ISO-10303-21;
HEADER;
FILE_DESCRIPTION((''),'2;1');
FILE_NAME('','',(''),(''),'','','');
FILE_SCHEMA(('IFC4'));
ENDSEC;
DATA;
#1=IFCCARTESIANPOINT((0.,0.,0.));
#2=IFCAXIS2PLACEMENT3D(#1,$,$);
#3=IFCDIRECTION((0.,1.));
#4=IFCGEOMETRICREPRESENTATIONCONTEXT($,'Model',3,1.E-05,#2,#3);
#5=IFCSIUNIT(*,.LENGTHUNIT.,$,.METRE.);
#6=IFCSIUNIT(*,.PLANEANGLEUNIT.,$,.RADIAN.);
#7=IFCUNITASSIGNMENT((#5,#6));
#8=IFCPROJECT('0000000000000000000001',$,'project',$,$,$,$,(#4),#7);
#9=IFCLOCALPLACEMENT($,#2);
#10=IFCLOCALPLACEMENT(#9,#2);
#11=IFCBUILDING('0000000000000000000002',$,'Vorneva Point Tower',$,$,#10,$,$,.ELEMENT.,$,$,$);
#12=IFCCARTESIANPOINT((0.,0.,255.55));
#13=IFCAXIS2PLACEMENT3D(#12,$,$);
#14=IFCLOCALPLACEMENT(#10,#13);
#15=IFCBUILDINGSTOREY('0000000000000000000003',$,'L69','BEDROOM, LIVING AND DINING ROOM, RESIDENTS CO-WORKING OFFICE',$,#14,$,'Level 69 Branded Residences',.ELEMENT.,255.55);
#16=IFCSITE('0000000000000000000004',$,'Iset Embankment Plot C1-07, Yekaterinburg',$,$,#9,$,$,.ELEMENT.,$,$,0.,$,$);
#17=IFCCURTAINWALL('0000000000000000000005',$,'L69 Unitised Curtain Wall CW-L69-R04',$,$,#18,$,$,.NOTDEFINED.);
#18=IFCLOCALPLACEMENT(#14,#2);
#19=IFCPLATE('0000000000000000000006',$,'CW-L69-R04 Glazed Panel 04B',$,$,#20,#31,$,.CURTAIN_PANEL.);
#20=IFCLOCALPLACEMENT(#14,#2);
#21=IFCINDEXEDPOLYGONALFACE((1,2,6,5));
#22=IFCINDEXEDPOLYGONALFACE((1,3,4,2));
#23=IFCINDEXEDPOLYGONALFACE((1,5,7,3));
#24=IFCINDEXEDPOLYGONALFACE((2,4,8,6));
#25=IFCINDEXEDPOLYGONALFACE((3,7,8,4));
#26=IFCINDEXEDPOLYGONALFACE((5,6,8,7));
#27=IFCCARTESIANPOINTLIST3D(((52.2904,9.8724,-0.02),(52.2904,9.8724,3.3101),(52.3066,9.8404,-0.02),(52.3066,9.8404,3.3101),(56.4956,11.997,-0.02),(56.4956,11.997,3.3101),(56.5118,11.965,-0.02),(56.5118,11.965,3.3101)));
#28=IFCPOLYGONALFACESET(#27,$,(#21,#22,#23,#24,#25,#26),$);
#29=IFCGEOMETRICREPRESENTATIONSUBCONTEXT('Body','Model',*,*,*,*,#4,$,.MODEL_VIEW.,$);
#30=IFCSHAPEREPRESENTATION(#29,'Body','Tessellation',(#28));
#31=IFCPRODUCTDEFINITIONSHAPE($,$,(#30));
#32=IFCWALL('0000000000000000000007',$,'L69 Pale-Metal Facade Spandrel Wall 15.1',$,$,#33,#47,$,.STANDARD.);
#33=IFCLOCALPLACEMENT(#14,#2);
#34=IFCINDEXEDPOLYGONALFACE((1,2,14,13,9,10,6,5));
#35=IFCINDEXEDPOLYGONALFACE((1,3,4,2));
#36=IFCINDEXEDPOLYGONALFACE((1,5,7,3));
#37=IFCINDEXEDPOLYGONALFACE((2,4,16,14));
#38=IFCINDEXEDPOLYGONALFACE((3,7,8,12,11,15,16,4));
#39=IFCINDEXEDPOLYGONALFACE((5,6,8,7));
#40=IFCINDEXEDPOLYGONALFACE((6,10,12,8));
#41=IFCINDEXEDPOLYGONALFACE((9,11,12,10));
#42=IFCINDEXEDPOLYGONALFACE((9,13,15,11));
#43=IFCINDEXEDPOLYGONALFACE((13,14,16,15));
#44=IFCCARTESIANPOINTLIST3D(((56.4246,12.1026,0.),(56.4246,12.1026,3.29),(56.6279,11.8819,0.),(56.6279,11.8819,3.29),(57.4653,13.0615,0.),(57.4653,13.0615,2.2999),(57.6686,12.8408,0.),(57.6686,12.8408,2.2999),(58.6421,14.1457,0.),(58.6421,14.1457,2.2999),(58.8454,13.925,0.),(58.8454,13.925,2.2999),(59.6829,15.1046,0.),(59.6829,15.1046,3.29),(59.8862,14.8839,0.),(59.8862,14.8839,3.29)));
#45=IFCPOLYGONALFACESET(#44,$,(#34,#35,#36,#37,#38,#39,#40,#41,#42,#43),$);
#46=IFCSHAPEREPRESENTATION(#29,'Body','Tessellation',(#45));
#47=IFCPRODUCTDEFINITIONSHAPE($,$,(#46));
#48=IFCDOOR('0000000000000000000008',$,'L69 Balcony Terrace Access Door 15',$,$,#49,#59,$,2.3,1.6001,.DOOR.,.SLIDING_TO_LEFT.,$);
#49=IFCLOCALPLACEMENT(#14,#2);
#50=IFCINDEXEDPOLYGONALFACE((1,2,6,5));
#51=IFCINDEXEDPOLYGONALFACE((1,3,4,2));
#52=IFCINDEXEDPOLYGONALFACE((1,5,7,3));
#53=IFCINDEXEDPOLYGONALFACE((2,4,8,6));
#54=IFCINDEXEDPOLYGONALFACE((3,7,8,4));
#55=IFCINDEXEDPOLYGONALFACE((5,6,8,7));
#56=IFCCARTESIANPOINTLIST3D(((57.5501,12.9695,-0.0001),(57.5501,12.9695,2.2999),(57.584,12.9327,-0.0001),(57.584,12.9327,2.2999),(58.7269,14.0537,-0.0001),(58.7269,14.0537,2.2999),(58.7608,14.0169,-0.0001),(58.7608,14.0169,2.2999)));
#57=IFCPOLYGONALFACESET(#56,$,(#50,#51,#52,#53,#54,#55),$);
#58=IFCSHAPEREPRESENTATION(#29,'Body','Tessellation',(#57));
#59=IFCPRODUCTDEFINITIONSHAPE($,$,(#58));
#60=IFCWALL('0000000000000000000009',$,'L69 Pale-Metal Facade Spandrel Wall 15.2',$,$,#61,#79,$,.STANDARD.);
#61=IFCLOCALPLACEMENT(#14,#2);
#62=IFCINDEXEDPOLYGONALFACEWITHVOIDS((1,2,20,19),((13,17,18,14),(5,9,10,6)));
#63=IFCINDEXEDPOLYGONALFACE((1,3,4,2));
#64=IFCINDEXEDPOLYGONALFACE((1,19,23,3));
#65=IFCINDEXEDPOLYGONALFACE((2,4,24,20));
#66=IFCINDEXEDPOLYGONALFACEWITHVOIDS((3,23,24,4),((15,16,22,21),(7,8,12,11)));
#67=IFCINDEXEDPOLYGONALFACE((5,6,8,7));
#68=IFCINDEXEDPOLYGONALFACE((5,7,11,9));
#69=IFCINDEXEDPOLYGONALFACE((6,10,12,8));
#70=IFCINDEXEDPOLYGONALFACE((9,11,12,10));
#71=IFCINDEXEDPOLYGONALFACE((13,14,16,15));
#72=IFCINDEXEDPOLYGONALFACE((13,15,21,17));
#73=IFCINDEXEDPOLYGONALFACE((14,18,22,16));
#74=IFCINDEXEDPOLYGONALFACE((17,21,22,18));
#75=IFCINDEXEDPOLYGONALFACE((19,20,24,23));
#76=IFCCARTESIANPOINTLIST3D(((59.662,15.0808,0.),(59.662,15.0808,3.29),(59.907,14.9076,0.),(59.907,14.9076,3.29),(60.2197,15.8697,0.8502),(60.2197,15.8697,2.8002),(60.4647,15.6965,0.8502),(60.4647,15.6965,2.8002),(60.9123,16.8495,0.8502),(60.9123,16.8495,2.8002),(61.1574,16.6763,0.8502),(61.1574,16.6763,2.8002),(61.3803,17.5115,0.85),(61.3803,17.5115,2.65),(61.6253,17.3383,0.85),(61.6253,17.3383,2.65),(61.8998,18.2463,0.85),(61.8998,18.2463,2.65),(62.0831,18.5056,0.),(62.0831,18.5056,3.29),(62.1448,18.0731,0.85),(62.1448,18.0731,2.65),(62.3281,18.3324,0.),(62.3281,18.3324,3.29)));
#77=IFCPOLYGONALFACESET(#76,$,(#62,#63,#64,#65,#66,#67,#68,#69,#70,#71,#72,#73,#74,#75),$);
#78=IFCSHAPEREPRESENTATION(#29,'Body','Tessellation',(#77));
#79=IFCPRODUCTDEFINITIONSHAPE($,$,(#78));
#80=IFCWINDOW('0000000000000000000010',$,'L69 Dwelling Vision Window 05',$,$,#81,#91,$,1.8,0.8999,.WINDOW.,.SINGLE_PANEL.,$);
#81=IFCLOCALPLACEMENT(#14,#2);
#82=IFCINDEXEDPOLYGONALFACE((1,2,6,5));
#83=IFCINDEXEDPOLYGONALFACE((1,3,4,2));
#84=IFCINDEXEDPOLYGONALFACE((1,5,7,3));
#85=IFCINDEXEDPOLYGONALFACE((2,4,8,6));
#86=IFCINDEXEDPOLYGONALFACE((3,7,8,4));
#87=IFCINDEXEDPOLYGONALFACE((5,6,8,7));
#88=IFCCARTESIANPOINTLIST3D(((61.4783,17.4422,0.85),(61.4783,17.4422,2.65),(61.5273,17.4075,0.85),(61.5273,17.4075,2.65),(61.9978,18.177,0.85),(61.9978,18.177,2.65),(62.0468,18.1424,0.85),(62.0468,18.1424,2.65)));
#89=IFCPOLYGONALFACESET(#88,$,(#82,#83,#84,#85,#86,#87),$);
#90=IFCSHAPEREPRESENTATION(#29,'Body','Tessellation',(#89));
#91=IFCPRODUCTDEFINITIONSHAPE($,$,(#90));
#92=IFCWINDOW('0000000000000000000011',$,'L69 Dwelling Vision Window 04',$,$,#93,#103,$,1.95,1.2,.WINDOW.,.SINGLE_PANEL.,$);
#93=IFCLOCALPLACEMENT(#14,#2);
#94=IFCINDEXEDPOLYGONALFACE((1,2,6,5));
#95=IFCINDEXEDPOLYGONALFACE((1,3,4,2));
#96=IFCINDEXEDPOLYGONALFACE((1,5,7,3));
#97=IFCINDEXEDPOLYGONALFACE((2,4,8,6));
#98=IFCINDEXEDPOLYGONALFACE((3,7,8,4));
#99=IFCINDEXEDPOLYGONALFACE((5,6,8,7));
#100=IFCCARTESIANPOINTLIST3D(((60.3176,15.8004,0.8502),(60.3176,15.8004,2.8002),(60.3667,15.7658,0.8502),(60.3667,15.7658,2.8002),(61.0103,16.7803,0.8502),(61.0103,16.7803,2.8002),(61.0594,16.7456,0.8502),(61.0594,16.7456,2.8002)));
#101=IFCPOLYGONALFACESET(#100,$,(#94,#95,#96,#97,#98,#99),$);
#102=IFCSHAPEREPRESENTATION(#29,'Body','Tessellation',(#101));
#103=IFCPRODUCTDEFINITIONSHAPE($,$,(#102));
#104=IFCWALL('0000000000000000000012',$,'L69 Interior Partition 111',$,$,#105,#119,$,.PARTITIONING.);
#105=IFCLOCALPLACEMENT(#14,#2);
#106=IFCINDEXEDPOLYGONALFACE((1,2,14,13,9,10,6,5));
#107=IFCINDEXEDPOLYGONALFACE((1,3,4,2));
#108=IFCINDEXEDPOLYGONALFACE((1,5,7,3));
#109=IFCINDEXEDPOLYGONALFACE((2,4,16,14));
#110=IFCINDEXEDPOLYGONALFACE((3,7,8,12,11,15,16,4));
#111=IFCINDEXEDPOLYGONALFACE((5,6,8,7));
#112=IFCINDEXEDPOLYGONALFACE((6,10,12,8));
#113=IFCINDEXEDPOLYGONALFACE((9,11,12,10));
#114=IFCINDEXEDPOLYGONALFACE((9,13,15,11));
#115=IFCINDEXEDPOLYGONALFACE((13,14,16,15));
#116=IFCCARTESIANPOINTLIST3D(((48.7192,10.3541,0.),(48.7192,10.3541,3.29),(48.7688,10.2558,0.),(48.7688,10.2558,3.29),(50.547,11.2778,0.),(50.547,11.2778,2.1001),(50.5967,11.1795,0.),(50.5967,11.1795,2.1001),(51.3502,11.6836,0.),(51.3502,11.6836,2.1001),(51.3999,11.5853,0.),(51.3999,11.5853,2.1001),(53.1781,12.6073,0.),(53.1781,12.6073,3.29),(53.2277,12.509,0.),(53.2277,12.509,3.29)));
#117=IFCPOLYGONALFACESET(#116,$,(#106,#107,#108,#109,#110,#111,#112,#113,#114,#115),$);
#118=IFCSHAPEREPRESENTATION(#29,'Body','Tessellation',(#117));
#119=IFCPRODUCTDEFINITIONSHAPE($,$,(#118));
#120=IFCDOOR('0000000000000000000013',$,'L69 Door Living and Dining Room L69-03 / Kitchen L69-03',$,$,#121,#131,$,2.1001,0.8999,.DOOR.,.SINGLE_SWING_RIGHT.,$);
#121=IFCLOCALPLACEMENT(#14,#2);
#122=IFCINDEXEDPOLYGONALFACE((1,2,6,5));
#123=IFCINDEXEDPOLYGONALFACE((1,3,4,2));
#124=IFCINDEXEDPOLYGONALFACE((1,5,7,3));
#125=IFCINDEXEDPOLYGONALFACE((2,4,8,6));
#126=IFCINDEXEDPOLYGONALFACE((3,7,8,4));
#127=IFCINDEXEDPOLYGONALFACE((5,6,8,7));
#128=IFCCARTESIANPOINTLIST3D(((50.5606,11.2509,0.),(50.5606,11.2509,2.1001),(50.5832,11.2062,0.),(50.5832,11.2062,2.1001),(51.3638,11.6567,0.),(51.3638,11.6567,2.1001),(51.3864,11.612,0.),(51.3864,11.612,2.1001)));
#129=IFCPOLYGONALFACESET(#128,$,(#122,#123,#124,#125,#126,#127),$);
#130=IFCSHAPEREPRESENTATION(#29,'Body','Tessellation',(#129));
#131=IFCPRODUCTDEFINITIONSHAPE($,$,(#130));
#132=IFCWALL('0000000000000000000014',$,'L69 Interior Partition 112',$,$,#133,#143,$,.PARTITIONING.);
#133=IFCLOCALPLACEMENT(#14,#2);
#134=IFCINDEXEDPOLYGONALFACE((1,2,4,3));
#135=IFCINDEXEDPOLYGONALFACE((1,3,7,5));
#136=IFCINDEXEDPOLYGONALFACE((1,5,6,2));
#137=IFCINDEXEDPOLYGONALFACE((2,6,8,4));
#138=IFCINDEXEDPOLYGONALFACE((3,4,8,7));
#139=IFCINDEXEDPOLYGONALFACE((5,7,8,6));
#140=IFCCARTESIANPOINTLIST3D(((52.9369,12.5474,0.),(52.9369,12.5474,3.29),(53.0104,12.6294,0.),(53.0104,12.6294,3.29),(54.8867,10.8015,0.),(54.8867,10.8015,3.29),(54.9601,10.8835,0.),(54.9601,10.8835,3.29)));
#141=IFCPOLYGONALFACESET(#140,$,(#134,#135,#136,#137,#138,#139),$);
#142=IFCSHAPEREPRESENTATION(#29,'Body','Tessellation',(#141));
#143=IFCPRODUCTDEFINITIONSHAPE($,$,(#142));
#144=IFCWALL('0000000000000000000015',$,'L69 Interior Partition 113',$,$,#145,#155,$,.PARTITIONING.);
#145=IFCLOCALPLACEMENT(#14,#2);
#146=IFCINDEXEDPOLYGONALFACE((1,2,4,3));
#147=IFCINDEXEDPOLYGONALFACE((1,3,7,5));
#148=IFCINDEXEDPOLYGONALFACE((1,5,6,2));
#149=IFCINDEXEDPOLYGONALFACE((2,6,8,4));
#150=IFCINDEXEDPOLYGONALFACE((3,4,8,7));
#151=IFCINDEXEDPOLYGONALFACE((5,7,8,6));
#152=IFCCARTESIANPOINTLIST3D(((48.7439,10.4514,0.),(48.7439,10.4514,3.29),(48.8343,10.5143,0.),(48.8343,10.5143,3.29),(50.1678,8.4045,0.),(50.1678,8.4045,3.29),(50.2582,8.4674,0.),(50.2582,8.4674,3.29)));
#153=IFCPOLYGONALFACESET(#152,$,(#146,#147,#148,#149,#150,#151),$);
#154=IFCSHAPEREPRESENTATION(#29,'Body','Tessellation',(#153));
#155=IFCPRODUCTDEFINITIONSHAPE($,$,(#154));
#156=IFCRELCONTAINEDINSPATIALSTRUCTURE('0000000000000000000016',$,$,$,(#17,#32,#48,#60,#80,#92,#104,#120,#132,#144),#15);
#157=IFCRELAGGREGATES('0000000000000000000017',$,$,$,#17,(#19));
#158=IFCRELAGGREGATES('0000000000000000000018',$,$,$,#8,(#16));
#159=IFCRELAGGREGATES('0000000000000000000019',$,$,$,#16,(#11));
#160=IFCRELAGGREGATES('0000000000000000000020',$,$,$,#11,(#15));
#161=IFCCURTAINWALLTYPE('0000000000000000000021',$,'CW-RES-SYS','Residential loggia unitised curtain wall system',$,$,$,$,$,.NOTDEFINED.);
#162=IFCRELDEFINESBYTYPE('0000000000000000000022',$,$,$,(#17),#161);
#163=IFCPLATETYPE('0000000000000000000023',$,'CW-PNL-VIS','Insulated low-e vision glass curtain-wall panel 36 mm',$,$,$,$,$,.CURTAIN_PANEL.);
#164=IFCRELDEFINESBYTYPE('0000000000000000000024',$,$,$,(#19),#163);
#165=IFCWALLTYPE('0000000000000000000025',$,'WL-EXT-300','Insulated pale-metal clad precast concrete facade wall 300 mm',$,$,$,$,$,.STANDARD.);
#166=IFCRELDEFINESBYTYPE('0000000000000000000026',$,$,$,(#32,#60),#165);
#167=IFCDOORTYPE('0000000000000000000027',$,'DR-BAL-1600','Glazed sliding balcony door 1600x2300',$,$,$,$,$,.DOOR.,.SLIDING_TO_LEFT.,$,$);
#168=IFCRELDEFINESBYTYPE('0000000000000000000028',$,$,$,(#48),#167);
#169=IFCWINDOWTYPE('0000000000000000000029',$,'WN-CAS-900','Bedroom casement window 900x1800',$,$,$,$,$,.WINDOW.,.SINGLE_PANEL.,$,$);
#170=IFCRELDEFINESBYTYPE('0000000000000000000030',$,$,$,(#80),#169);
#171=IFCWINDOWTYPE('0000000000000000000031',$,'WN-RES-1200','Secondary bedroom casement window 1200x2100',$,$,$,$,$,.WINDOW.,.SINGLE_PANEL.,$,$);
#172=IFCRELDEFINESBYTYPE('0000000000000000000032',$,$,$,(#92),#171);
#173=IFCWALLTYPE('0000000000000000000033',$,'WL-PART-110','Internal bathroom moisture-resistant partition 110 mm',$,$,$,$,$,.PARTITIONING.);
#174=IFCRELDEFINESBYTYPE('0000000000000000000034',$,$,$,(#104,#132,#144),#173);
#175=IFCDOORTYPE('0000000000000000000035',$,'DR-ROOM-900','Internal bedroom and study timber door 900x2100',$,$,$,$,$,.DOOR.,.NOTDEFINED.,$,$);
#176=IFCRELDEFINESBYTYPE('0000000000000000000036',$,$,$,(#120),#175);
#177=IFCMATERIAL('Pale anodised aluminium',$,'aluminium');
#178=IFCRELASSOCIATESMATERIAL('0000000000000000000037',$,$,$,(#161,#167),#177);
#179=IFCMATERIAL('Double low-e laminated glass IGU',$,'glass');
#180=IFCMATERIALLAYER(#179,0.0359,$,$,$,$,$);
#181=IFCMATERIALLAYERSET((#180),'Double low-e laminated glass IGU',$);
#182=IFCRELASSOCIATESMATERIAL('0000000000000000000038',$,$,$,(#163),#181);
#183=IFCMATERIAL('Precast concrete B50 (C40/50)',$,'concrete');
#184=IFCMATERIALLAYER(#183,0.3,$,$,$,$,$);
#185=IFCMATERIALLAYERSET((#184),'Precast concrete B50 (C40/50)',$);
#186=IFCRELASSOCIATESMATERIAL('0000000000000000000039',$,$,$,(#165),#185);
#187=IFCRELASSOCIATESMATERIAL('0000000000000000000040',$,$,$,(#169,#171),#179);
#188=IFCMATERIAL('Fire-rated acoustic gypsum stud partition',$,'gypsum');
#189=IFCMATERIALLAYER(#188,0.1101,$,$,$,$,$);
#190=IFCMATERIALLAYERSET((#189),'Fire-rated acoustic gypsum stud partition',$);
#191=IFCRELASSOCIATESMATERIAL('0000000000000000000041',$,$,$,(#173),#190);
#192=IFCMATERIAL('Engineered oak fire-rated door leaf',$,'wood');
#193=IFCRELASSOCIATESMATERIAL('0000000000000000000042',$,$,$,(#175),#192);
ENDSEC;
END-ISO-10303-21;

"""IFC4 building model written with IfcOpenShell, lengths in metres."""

from ifc_helpers import new_model, si_unit, direction, frame, frame_2d, origin, origin_2d, place, context, subcontext, project, spatial, rectangle, extrude, material, layer, layer_set, type_object, element, fill, aggregate, save


model = new_model("IFC4")

# Units and contexts
model_context = context("Model", 3, precision=1e-05, world=origin(), true_north=direction((0.0, 1.0)))
body_context = subcontext(model_context, "Body", "Model", "MODEL_VIEW")
ifc_project = project(units=[si_unit("LENGTHUNIT", "METRE"), si_unit("PLANEANGLEUNIT", "RADIAN")], contexts=[model_context])

# Site, building, storey
site_placement = place(None, origin())
site = spatial("IfcSite", under=ifc_project, at=site_placement, Name="Iset Embankment Plot C1-07, Yekaterinburg", CompositionType="ELEMENT", RefElevation=0.0)
building_placement = place(site_placement, origin())
building = spatial("IfcBuilding", under=site, at=building_placement, Name="Vorneva Point Tower", CompositionType="ELEMENT")
storey_placement = place(building_placement, frame((0.0, 0.0, 255.55)))
storey = spatial("IfcBuildingStorey", under=building, at=storey_placement, Name="L69", Description="BEDROOM, LIVING AND DINING ROOM, RESIDENTS CO-WORKING OFFICE", LongName="Level 69 Branded Residences", CompositionType="ELEMENT", Elevation=255.55)

# Curtain wall, plate
ifc_material_1 = material(Name="Pale anodised aluminium", Category="aluminium")
curtain_wall_type = type_object("IfcCurtainWallType", Name="CW-RES-SYS", Description="Residential loggia unitised curtain wall system", PredefinedType="NOTDEFINED", material=ifc_material_1)
curtain_wall_placement = place(storey_placement, origin())
curtain_wall = element("IfcCurtainWall", 1, at=curtain_wall_placement, inside=storey, type_object=curtain_wall_type, Name="L69 Unitised Curtain Wall CW-L69-R04", PredefinedType="NOTDEFINED")
ifc_material_2 = material(Name="Double low-e laminated glass IGU", Category="glass")
ifc_layer_1 = layer(ifc_material_2, 0.0359)
ifc_layer_set_1 = layer_set([ifc_layer_1], Name="Double low-e laminated glass IGU")
plate_type = type_object("IfcPlateType", Name="CW-PNL-VIS", Description="Insulated low-e vision glass curtain-wall panel 36 mm", PredefinedType="CURTAIN_PANEL", material=ifc_layer_set_1)
plate_1_placement = place(storey_placement, frame((54.4011, 10.9187, -0.02), z_axis=(0.0, 0.0, 1.0), x_axis=(0.892554, 0.45094, 0.0)))
plate_1 = element("IfcPlate", 2, at=plate_1_placement, type_object=plate_type, Name="CW-L69-R04 Glazed Panel 04B", PredefinedType="CURTAIN_PANEL", context=body_context, shape_type="SweptSolid", body=[
    extrude(rectangle(XDim=4.7114, YDim=0.0359, at=origin_2d()), origin(), (0.0, 0.0, 1.0), 3.3301),
])
aggregate(curtain_wall, [plate_1])

# Wall, opening, door
ifc_material_3 = material(Name="Precast concrete B50 (C40/50)", Category="concrete")
ifc_layer_2 = layer(ifc_material_3, 0.3)
ifc_layer_set_2 = layer_set([ifc_layer_2], Name="Precast concrete B50 (C40/50)")
wall_type_1 = type_object("IfcWallType", Name="WL-EXT-300", Description="Insulated pale-metal clad precast concrete facade wall 300 mm", PredefinedType="STANDARD", material=ifc_layer_set_2)
wall_1_placement = place(storey_placement, frame((56.5261, 11.9922, 0.0), z_axis=(0.0, 0.0, 1.0), x_axis=(0.735445, 0.677584, 0.0)))
wall_1 = element("IfcWall", 3, at=wall_1_placement, inside=storey, type_object=wall_type_1, Name="L69 Pale-Metal Facade Spandrel Wall 15.1", PredefinedType="STANDARD", context=body_context, shape_type="SweptSolid", body=[
    extrude(rectangle(XDim=4.4304, YDim=0.3, at=frame_2d((2.2153, 0.0))), origin(), (0.0, 0.0, 1.0), 3.29),
])
opening_1_placement = place(wall_1_placement, frame((1.4153, 0.0, 0.0)))
opening_1 = element("IfcOpeningElement", 4, at=opening_1_placement, cuts=wall_1, PredefinedType="OPENING", context=body_context, shape_type="SweptSolid", body=[
    extrude(rectangle(XDim=1.6001, YDim=2.3, at=frame_2d((0.8, 1.1499))), frame((0.0, 0.165, 0.0), z_axis=(0.0, -1.0, 0.0), x_axis=(1.0, 0.0, 0.0)), (0.0, 0.0, 1.0), 0.3298),
])
door_type_1 = type_object("IfcDoorType", Name="DR-BAL-1600", Description="Glazed sliding balcony door 1600x2300", OperationType="SLIDING_TO_LEFT", PredefinedType="DOOR", material=ifc_material_1)
door_1_placement = place(opening_1_placement, origin())
door_1 = element("IfcDoor", 5, at=door_1_placement, inside=storey, type_object=door_type_1, Name="L69 Balcony Terrace Access Door 15", OperationType="SLIDING_TO_LEFT", OverallHeight=2.3, OverallWidth=1.6001, PredefinedType="DOOR", context=body_context, shape_type="SweptSolid", body=[
    extrude(rectangle(XDim=1.6001, YDim=2.3, at=frame_2d((0.8, 1.1499))), frame((0.0, 0.0249, 0.0), z_axis=(0.0, -1.0, 0.0), x_axis=(1.0, 0.0, 0.0)), (0.0, 0.0, 1.0), 0.05),
])
fill(opening_1, door_1)

# Wall, openings, windows
wall_2_placement = place(storey_placement, frame((59.7844, 14.9941, 0.0), z_axis=(0.0, 0.0, 1.0), x_axis=(0.577261, 0.81656, 0.0)))
wall_2 = element("IfcWall", 6, at=wall_2_placement, inside=storey, type_object=wall_type_1, Name="L69 Pale-Metal Facade Spandrel Wall 15.2", PredefinedType="STANDARD", context=body_context, shape_type="SweptSolid", body=[
    extrude(rectangle(XDim=4.1941, YDim=0.3, at=frame_2d((2.0972, 0.0))), origin(), (0.0, 0.0, 1.0), 3.29),
])
opening_2_placement = place(wall_2_placement, frame((0.9661, 0.0, 0.8501)))
opening_2 = element("IfcOpeningElement", 7, at=opening_2_placement, cuts=wall_2, PredefinedType="OPENING", context=body_context, shape_type="SweptSolid", body=[
    extrude(rectangle(XDim=1.2, YDim=1.95, at=frame_2d((0.6001, 0.9751))), frame((0.0, 0.165, 0.0), z_axis=(0.0, -1.0, 0.0), x_axis=(1.0, 0.0, 0.0)), (0.0, 0.0, 1.0), 0.3298),
])
opening_3_placement = place(wall_2_placement, frame((2.9768, 0.0, 0.8501)))
opening_3 = element("IfcOpeningElement", 8, at=opening_3_placement, cuts=wall_2, PredefinedType="OPENING", context=body_context, shape_type="SweptSolid", body=[
    extrude(rectangle(XDim=0.8999, YDim=1.8, at=frame_2d((0.45, 0.8999))), frame((0.0, 0.165, 0.0), z_axis=(0.0, -1.0, 0.0), x_axis=(1.0, 0.0, 0.0)), (0.0, 0.0, 1.0), 0.3298),
])
window_type_1 = type_object("IfcWindowType", Name="WN-CAS-900", Description="Bedroom casement window 900x1800", PartitioningType="SINGLE_PANEL", PredefinedType="WINDOW", material=ifc_material_2)
window_1_placement = place(opening_3_placement, origin())
window_1 = element("IfcWindow", 9, at=window_1_placement, inside=storey, type_object=window_type_1, Name="L69 Dwelling Vision Window 05", OverallHeight=1.8, OverallWidth=0.8999, PartitioningType="SINGLE_PANEL", PredefinedType="WINDOW", context=body_context, shape_type="SweptSolid", body=[
    extrude(rectangle(XDim=0.8999, YDim=1.8, at=frame_2d((0.45, 0.8999))), frame((0.0, 0.03, 0.0), z_axis=(0.0, -1.0, 0.0), x_axis=(1.0, 0.0, 0.0)), (0.0, 0.0, 1.0), 0.0601),
])
fill(opening_3, window_1)
window_type_2 = type_object("IfcWindowType", Name="WN-RES-1200", Description="Secondary bedroom casement window 1200x2100", PartitioningType="SINGLE_PANEL", PredefinedType="WINDOW", material=ifc_material_2)
window_2_placement = place(opening_2_placement, origin())
window_2 = element("IfcWindow", 10, at=window_2_placement, inside=storey, type_object=window_type_2, Name="L69 Dwelling Vision Window 04", OverallHeight=1.95, OverallWidth=1.2, PartitioningType="SINGLE_PANEL", PredefinedType="WINDOW", context=body_context, shape_type="SweptSolid", body=[
    extrude(rectangle(XDim=1.2, YDim=1.95, at=frame_2d((0.6001, 0.9751))), frame((0.0, 0.03, 0.0), z_axis=(0.0, -1.0, 0.0), x_axis=(1.0, 0.0, 0.0)), (0.0, 0.0, 1.0), 0.0601),
])
fill(opening_2, window_2)

# Wall, opening, door
ifc_material_4 = material(Name="Fire-rated acoustic gypsum stud partition", Category="gypsum")
ifc_layer_3 = layer(ifc_material_4, 0.1101)
ifc_layer_set_3 = layer_set([ifc_layer_3], Name="Fire-rated acoustic gypsum stud partition")
wall_type_2 = type_object("IfcWallType", Name="WL-PART-110", Description="Internal bathroom moisture-resistant partition 110 mm", PredefinedType="PARTITIONING", material=ifc_layer_set_3)
wall_3_placement = place(storey_placement, frame((48.7439, 10.3049, 0.0), z_axis=(0.0, 0.0, 1.0), x_axis=(0.892523, 0.451002, 0.0)))
wall_3 = element("IfcWall", 11, at=wall_3_placement, inside=storey, type_object=wall_type_2, Name="L69 Interior Partition 111", PredefinedType="PARTITIONING", context=body_context, shape_type="SweptSolid", body=[
    extrude(rectangle(XDim=4.9958, YDim=0.1101, at=frame_2d((2.498, 0.0))), origin(), (0.0, 0.0, 1.0), 3.29),
])
opening_4_placement = place(wall_3_placement, frame((2.0481, 0.0, 0.0)))
opening_4 = element("IfcOpeningElement", 12, at=opening_4_placement, cuts=wall_3, PredefinedType="OPENING", context=body_context, shape_type="SweptSolid", body=[
    extrude(rectangle(XDim=0.8999, YDim=2.1001, at=frame_2d((0.45, 1.05))), frame((0.0, 0.0698, 0.0), z_axis=(0.0, -1.0, 0.0), x_axis=(1.0, 0.0, 0.0)), (0.0, 0.0, 1.0), 0.1399),
])
ifc_material_5 = material(Name="Engineered oak fire-rated door leaf", Category="wood")
door_type_2 = type_object("IfcDoorType", Name="DR-ROOM-900", Description="Internal bedroom and study timber door 900x2100", OperationType="NOTDEFINED", PredefinedType="DOOR", material=ifc_material_5)
door_2_placement = place(opening_4_placement, origin())
door_2 = element("IfcDoor", 13, at=door_2_placement, inside=storey, type_object=door_type_2, Name="L69 Door Living and Dining Room L69-03 / Kitchen L69-03", OperationType="SINGLE_SWING_RIGHT", OverallHeight=2.1001, OverallWidth=0.8999, PredefinedType="DOOR", context=body_context, shape_type="SweptSolid", body=[
    extrude(rectangle(XDim=0.8999, YDim=2.1001, at=frame_2d((0.45, 1.05))), frame((0.0, 0.0249, 0.0), z_axis=(0.0, -1.0, 0.0), x_axis=(1.0, 0.0, 0.0)), (0.0, 0.0, 1.0), 0.05),
])
fill(opening_4, door_2)

# Walls
wall_4_placement = place(storey_placement, frame((52.9736, 12.5884, 0.0), z_axis=(0.0, 0.0, 1.0), x_axis=(0.74498, -0.667087, 0.0)))
element("IfcWall", 14, at=wall_4_placement, inside=storey, type_object=wall_type_2, Name="L69 Interior Partition 112", PredefinedType="PARTITIONING", context=body_context, shape_type="SweptSolid", body=[
    extrude(rectangle(XDim=2.6172, YDim=0.1101, at=frame_2d((1.3086, 0.0))), origin(), (0.0, 0.0, 1.0), 3.29),
])
wall_5_placement = place(storey_placement, frame((50.2129, 8.436, 0.0), z_axis=(0.0, 0.0, 1.0), x_axis=(-0.571042, 0.820921, 0.0)))
element("IfcWall", 15, at=wall_5_placement, inside=storey, type_object=wall_type_2, Name="L69 Interior Partition 113", PredefinedType="PARTITIONING", context=body_context, shape_type="SweptSolid", body=[
    extrude(rectangle(XDim=2.4934, YDim=0.1101, at=frame_2d((1.2466, 0.0))), origin(), (0.0, 0.0, 1.0), 3.29),
])

save(model, "model.ifc")
